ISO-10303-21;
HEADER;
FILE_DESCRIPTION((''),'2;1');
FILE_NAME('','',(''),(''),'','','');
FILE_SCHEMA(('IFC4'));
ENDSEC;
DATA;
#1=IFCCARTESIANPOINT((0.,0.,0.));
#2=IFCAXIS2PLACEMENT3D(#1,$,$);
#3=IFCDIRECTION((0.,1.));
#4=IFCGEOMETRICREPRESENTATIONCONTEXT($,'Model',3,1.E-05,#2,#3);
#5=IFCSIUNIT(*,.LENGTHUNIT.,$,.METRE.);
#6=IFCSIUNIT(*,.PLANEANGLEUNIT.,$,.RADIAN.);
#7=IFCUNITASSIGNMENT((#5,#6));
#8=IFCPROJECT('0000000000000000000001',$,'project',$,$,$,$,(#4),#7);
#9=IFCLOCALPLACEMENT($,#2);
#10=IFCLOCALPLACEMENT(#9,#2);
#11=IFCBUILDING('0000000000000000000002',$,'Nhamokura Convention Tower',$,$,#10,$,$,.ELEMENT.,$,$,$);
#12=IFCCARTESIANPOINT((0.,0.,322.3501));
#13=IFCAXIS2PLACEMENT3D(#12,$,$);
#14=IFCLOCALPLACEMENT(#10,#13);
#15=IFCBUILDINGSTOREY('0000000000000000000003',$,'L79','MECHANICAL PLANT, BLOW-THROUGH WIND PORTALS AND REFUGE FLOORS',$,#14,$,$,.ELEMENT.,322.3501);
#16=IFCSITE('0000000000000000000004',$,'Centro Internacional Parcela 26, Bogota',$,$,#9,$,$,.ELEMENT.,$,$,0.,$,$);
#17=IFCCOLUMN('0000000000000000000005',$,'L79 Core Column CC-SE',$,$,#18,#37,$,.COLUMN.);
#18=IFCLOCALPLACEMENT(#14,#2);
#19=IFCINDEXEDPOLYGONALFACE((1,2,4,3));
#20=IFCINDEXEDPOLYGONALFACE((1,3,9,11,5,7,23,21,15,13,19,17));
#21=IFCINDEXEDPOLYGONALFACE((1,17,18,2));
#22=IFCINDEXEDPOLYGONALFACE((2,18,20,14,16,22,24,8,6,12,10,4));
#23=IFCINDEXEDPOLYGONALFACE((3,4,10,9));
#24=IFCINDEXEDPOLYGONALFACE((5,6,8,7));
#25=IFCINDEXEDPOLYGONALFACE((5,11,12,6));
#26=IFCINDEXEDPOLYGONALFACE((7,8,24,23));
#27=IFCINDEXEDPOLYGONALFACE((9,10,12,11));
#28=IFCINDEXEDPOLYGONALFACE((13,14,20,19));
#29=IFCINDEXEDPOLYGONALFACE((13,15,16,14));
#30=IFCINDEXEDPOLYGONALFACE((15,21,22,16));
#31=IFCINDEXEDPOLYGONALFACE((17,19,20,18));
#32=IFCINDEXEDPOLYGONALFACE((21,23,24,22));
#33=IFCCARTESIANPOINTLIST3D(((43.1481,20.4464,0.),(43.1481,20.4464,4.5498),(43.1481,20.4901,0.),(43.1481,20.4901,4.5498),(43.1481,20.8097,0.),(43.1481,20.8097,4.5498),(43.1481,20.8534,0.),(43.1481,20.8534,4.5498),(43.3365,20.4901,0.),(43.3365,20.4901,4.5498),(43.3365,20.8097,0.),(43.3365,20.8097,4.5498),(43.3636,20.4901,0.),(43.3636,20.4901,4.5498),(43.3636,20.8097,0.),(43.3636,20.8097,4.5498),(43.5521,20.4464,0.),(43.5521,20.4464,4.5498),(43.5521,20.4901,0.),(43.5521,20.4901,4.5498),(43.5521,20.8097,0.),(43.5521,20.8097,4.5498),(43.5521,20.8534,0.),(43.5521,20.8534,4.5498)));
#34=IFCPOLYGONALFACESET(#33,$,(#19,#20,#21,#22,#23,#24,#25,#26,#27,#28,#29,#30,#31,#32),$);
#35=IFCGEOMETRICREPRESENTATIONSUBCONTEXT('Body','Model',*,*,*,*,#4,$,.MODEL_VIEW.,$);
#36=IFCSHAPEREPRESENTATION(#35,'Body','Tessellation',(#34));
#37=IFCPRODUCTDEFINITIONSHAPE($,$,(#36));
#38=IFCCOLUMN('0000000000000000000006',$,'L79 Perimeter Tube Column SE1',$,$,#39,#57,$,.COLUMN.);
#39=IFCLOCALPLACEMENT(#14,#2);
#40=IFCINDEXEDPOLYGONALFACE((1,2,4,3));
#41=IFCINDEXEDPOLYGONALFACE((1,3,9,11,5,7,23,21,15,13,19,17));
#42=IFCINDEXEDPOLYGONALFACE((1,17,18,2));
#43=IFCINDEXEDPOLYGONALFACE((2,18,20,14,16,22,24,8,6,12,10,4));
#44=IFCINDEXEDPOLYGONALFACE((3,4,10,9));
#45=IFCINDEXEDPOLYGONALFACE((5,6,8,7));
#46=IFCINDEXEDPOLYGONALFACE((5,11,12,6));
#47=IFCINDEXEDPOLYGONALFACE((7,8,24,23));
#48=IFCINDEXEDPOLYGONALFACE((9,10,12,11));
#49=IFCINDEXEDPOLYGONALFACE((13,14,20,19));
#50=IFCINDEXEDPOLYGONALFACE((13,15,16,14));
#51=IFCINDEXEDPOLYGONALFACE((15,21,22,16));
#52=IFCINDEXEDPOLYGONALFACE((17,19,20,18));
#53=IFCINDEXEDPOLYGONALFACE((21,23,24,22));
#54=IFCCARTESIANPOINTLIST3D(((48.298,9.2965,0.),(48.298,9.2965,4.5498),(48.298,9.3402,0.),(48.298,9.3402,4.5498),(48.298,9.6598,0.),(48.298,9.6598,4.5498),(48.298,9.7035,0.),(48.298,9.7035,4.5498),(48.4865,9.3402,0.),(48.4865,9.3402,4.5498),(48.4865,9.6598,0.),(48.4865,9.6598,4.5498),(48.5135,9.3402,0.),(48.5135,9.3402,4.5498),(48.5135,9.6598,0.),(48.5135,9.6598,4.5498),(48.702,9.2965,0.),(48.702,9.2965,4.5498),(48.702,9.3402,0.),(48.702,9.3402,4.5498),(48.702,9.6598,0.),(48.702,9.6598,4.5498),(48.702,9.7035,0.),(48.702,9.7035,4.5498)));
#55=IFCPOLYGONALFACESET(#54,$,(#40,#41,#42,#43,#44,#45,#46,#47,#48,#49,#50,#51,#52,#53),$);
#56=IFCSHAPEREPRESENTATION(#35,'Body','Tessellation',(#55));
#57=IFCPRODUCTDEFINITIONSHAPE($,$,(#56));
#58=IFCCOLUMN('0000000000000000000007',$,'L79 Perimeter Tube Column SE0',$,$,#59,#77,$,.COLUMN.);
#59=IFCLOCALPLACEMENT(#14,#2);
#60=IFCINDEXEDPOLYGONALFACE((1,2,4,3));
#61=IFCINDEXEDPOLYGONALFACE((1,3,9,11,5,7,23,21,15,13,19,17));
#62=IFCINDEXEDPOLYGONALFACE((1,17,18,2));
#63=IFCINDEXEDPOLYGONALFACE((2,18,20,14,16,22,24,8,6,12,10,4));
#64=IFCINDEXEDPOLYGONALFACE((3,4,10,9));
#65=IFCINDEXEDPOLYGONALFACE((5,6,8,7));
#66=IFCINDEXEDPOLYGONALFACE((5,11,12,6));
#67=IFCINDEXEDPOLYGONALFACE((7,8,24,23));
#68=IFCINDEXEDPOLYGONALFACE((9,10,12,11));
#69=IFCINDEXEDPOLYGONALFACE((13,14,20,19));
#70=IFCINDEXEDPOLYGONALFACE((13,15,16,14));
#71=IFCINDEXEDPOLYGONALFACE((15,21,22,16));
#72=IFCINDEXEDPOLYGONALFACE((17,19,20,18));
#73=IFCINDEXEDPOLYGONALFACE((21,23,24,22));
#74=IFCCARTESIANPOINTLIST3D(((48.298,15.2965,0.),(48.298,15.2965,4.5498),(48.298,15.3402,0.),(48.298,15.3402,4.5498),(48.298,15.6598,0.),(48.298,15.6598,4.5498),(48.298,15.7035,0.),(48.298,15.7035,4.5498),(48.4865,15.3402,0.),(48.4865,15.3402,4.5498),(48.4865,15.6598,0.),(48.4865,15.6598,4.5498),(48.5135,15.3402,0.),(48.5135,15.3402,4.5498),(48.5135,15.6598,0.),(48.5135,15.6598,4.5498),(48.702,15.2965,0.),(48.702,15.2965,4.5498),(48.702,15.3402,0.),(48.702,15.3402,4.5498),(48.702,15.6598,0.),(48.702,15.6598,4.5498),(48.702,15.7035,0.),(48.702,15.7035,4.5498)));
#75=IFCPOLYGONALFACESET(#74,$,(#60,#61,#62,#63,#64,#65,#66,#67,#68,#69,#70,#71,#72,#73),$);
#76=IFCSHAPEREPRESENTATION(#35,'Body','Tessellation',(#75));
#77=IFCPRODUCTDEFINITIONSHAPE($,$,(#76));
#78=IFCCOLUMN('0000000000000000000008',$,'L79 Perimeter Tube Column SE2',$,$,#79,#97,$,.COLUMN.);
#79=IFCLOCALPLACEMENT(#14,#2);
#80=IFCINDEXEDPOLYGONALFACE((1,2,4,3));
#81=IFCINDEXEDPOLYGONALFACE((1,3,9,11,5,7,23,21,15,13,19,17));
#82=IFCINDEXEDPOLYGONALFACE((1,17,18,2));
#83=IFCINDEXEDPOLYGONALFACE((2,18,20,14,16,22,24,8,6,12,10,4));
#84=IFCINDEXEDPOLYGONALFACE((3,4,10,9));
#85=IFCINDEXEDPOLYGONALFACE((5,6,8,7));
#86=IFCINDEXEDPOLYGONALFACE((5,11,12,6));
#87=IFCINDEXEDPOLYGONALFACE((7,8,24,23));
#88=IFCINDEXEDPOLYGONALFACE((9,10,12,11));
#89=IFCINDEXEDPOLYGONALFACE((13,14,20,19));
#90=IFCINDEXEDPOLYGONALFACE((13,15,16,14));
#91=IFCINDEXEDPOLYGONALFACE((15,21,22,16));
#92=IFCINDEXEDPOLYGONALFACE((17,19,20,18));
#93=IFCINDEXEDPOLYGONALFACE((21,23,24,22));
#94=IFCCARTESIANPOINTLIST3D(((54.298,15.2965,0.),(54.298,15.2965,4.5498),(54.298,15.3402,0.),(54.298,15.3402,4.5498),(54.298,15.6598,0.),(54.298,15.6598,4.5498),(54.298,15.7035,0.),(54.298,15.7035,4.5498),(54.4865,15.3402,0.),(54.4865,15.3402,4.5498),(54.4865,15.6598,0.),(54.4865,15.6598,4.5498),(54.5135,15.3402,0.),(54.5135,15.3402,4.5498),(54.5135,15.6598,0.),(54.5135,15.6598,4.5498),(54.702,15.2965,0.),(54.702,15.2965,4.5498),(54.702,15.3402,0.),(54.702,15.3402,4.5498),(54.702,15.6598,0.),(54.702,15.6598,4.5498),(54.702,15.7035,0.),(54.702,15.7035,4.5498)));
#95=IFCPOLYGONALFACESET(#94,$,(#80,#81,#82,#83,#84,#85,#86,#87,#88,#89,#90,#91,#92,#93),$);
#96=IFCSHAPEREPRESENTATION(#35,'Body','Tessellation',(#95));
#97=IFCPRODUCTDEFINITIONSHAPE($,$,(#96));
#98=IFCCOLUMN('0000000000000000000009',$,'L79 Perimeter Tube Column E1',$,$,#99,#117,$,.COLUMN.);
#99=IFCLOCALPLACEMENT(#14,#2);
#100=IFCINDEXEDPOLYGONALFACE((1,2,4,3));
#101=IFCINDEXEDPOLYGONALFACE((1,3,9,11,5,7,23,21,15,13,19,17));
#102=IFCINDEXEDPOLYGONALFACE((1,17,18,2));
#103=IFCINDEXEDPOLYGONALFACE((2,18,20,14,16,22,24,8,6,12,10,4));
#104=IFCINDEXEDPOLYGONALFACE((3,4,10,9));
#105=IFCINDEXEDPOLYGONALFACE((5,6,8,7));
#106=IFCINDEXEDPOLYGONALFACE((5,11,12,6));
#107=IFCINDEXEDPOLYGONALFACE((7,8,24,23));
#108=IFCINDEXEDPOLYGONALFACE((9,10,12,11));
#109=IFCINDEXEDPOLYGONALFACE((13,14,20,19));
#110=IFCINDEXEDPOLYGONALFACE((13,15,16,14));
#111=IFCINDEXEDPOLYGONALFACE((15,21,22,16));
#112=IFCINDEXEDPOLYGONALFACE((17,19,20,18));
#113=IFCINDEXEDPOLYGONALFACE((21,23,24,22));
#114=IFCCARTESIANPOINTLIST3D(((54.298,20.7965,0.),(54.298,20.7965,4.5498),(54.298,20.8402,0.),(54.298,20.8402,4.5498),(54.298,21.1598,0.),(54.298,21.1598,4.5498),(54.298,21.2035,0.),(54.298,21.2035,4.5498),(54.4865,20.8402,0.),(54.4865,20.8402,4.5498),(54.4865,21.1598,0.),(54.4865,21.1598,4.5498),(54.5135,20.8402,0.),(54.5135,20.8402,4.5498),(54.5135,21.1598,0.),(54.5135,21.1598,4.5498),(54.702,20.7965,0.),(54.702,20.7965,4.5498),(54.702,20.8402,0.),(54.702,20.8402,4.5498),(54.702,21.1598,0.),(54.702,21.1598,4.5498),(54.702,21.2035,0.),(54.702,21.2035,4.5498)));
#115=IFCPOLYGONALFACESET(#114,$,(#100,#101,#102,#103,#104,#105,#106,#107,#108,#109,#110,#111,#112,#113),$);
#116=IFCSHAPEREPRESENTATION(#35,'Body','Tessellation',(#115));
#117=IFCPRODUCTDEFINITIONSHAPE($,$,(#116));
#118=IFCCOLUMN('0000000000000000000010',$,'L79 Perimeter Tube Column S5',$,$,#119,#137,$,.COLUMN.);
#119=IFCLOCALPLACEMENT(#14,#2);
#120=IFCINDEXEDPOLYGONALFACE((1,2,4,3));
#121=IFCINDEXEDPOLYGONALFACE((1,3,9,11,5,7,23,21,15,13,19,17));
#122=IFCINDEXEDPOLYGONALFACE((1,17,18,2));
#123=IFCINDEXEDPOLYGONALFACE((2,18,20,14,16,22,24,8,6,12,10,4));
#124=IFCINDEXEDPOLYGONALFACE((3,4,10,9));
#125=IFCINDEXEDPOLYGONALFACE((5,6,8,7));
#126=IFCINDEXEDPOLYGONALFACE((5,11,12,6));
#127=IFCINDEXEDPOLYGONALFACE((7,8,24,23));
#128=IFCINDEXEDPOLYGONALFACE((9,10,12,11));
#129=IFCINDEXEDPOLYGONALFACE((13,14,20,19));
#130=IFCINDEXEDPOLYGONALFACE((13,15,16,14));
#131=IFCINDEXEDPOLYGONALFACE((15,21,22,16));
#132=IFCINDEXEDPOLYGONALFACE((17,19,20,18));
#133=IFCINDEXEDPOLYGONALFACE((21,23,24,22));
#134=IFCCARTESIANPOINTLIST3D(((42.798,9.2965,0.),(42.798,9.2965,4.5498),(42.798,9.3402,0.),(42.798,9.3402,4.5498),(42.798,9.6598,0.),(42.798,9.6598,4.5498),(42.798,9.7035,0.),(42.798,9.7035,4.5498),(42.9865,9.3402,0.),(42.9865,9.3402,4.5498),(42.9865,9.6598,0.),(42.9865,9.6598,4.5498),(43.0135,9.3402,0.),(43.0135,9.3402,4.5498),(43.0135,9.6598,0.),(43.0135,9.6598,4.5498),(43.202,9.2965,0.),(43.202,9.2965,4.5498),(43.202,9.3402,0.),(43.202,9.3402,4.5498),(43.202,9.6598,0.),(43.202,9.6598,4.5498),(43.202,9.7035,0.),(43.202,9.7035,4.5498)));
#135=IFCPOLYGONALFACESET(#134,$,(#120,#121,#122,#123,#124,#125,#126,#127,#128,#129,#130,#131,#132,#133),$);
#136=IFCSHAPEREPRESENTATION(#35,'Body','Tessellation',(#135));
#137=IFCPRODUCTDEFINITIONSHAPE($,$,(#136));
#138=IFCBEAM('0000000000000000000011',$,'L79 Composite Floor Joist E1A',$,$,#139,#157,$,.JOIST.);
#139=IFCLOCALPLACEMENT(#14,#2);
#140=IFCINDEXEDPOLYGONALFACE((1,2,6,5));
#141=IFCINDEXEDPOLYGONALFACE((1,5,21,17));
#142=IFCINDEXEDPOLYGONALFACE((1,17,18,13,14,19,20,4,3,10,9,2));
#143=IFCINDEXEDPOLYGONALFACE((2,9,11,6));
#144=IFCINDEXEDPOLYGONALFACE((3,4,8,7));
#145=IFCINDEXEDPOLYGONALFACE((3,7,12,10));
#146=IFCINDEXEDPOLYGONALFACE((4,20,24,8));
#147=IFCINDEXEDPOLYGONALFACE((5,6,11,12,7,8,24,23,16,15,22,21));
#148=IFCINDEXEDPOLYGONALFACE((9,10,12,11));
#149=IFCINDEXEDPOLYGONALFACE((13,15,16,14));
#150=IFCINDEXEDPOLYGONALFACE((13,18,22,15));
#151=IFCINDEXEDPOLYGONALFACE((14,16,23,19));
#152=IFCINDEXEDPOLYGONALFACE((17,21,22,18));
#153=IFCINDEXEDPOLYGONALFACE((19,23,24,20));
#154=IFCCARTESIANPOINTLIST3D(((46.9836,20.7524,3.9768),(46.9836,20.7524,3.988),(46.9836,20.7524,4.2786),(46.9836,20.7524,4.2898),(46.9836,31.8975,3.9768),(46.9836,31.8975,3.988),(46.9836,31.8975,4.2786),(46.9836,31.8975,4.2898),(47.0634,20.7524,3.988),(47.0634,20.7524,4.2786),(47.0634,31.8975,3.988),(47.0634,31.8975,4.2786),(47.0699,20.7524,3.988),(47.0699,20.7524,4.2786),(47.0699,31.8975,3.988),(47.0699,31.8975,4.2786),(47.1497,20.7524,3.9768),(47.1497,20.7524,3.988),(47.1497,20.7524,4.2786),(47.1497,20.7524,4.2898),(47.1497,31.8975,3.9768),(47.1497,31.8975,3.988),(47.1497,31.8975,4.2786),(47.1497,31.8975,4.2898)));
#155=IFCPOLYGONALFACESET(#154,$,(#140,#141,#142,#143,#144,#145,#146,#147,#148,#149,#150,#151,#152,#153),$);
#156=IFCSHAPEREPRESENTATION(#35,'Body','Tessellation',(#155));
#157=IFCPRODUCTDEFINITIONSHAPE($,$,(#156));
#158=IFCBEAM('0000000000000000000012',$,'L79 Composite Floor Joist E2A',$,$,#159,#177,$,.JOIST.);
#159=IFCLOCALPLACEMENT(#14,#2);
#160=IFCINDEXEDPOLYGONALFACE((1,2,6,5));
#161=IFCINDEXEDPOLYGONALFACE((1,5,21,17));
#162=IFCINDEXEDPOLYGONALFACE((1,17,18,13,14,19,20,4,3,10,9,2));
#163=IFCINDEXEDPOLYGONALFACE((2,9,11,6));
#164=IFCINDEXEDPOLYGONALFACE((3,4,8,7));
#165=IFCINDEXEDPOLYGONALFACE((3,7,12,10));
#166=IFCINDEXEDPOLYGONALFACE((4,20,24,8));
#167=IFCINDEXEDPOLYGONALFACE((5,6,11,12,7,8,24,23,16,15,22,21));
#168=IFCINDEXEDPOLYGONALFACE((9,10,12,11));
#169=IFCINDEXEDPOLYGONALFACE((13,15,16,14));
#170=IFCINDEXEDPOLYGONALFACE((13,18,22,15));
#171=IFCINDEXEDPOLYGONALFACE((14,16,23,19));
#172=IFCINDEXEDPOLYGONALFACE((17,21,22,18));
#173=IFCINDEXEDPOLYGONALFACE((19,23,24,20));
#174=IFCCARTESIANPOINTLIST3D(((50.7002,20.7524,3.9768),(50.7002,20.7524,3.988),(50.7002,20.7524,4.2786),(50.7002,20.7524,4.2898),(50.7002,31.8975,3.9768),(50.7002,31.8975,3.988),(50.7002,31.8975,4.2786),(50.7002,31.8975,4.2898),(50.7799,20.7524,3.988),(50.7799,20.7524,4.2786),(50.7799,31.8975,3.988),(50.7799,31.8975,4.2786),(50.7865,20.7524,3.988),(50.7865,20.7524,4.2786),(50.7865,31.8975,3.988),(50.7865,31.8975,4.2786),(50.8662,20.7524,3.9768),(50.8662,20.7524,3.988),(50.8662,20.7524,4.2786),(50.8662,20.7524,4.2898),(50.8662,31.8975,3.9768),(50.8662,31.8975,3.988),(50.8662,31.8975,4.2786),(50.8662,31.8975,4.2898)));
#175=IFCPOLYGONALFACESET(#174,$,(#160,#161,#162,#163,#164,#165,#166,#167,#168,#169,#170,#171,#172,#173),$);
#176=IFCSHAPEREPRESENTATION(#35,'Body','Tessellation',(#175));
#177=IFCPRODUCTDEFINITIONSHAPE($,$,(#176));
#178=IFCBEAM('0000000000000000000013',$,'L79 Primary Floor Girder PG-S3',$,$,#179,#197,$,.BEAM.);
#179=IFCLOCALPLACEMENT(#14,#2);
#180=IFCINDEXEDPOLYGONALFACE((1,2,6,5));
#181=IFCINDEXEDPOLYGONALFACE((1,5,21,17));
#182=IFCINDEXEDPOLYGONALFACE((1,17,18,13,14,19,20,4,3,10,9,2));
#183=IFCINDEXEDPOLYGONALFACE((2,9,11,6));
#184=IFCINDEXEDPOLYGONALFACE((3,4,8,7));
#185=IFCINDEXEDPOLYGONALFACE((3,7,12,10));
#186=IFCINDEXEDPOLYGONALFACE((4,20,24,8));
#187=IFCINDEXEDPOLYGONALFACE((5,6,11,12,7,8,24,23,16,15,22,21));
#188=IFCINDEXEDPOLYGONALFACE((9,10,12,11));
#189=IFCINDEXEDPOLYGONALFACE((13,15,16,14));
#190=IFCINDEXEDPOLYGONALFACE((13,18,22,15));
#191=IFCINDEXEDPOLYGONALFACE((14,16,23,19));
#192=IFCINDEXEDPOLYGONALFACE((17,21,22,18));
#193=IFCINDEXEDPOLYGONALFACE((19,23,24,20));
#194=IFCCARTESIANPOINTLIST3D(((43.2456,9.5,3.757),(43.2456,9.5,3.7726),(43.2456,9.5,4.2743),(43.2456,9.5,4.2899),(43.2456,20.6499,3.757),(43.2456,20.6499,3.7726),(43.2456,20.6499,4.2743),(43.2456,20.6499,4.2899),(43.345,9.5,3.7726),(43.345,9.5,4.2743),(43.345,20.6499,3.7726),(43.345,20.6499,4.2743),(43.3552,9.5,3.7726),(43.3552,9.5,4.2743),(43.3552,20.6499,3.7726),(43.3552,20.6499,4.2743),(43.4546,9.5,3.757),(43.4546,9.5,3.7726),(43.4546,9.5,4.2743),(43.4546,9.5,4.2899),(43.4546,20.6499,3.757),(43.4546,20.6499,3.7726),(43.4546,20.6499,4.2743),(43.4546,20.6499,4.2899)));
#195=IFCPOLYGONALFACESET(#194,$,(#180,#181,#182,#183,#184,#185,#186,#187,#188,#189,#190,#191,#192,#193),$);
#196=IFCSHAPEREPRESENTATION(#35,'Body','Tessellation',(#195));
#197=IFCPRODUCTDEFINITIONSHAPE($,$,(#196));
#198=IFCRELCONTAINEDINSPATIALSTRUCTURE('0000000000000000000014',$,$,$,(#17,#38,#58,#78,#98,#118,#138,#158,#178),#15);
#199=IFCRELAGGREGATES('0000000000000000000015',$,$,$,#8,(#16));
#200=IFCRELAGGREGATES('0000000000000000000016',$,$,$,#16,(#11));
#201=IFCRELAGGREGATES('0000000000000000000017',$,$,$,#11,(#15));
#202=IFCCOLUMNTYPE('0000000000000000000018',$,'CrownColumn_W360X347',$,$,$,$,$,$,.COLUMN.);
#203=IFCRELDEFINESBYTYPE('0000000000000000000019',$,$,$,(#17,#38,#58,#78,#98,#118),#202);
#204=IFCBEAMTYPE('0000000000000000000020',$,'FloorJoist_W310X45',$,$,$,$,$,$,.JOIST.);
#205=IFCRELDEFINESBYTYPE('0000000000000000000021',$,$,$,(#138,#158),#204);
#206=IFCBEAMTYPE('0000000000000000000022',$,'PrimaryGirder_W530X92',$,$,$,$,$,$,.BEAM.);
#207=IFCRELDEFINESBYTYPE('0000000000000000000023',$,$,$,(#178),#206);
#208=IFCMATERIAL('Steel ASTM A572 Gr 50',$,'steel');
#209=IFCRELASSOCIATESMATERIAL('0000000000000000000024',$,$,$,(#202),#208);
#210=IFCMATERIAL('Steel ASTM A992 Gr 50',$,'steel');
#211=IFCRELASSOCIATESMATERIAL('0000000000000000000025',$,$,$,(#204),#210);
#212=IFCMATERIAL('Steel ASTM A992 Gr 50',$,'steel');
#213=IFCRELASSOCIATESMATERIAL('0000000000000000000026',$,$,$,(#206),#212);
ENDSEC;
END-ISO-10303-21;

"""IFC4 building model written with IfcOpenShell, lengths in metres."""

from ifc_helpers import new_model, si_unit, direction, frame, origin, origin_2d, place, context, subcontext, project, spatial, i_section, extrude, material, material_profile, profile_set, type_object, element, save


model = new_model("IFC4")

# Units and contexts
model_context = context("Model", 3, precision=1e-05, world=origin(), true_north=direction((0.0, 1.0)))
body_context = subcontext(model_context, "Body", "Model", "MODEL_VIEW")
ifc_project = project(units=[si_unit("LENGTHUNIT", "METRE"), si_unit("PLANEANGLEUNIT", "RADIAN")], contexts=[model_context])

# Site, building, storey
site_placement = place(None, origin())
site = spatial("IfcSite", under=ifc_project, at=site_placement, Name="Centro Internacional Parcela 26, Bogota", CompositionType="ELEMENT", RefElevation=0.0)
building_placement = place(site_placement, origin())
building = spatial("IfcBuilding", under=site, at=building_placement, Name="Nhamokura Convention Tower", CompositionType="ELEMENT")
storey_placement = place(building_placement, frame((0.0, 0.0, 322.3501)))
storey = spatial("IfcBuildingStorey", under=building, at=storey_placement, Name="L79", Description="MECHANICAL PLANT, BLOW-THROUGH WIND PORTALS AND REFUGE FLOORS", CompositionType="ELEMENT", Elevation=322.3501)

# Columns
ifc_material_1 = material(Name="Steel ASTM A572 Gr 50", Category="steel")
ifc_material_profile_1 = material_profile(ifc_material_1, i_section(OverallWidth=0.4041, OverallDepth=0.407, WebThickness=0.0271, FlangeThickness=0.0437, at=origin_2d()))
ifc_profile_set_1 = profile_set([ifc_material_profile_1], Name="Steel ASTM A572 Gr 50")
column_type = type_object("IfcColumnType", Name="CrownColumn_W360X347", PredefinedType="COLUMN", material=ifc_profile_set_1)
for number, where, z_axis, x_axis, name in (
    (1, (43.3501, 20.6499, 0.0), (0.0, 0.0, 1.0), (1.0, 0.0, 0.0), "L79 Core Column CC-SE"),
    (2, (48.5, 9.5, 0.0), (0.0, 0.0, 1.0), (1.0, 0.0, 0.0), "L79 Perimeter Tube Column SE1"),
    (3, (48.5, 15.5, 0.0), (0.0, 0.0, 1.0), (1.0, 0.0, 0.0), "L79 Perimeter Tube Column SE0"),
    (4, (54.5, 15.5, 0.0), (0.0, 0.0, 1.0), (1.0, 0.0, 0.0), "L79 Perimeter Tube Column SE2"),
    (5, (54.5, 21.0, 0.0), (0.0, 0.0, 1.0), (1.0, 0.0, 0.0), "L79 Perimeter Tube Column E1"),
    (6, (43.0, 9.5, 0.0), (0.0, 0.0, 1.0), (1.0, 0.0, 0.0), "L79 Perimeter Tube Column S5"),
):
    element("IfcColumn", number, at=place(storey_placement, frame(where, z_axis=z_axis, x_axis=x_axis)), inside=storey, type_object=column_type, Name=name, PredefinedType="COLUMN", context=body_context, shape_type="SweptSolid", body=[
        extrude(i_section(OverallWidth=0.4041, OverallDepth=0.407, WebThickness=0.0271, FlangeThickness=0.0437, at=origin_2d()), origin(), (0.0, 0.0, 1.0), 4.5498),
    ])

# Beams
ifc_material_2 = material(Name="Steel ASTM A992 Gr 50", Category="steel")
ifc_material_profile_2 = material_profile(ifc_material_2, i_section(OverallWidth=0.166, OverallDepth=0.313, WebThickness=0.0066, FlangeThickness=0.0112, at=origin_2d()))
ifc_profile_set_2 = profile_set([ifc_material_profile_2], Name="Steel ASTM A992 Gr 50")
beam_type_1 = type_object("IfcBeamType", Name="FloorJoist_W310X45", PredefinedType="JOIST", material=ifc_profile_set_2)
for number, where, z_axis, x_axis, name in (
    (7, (47.0667, 20.7524, 4.1333), (0.0, 1.0, 0.0), (-1.0, 0.0, 0.0), "L79 Composite Floor Joist E1A"),
    (8, (50.7832, 20.7524, 4.1333), (0.0, 1.0, 0.0), (-1.0, 0.0, 0.0), "L79 Composite Floor Joist E2A"),
):
    element("IfcBeam", number, at=place(storey_placement, frame(where, z_axis=z_axis, x_axis=x_axis)), inside=storey, type_object=beam_type_1, Name=name, PredefinedType="JOIST", context=body_context, shape_type="SweptSolid", body=[
        extrude(i_section(OverallWidth=0.166, OverallDepth=0.313, WebThickness=0.0066, FlangeThickness=0.0112, at=origin_2d()), origin(), (0.0, 0.0, 1.0), 11.145),
    ])
ifc_material_3 = material(Name="Steel ASTM A992 Gr 50", Category="steel")
ifc_material_profile_3 = material_profile(ifc_material_3, i_section(OverallWidth=0.209, OverallDepth=0.533, WebThickness=0.0103, FlangeThickness=0.0156, at=origin_2d()))
ifc_profile_set_3 = profile_set([ifc_material_profile_3], Name="Steel ASTM A992 Gr 50")
beam_type_2 = type_object("IfcBeamType", Name="PrimaryGirder_W530X92", PredefinedType="BEAM", material=ifc_profile_set_3)
for number, where, z_axis, x_axis, name in (
    (9, (43.3501, 9.5, 4.0234), (0.0, 1.0, 0.0), (-1.0, 0.0, 0.0), "L79 Primary Floor Girder PG-S3"),
):
    element("IfcBeam", number, at=place(storey_placement, frame(where, z_axis=z_axis, x_axis=x_axis)), inside=storey, type_object=beam_type_2, Name=name, PredefinedType="BEAM", context=body_context, shape_type="SweptSolid", body=[
        extrude(i_section(OverallWidth=0.209, OverallDepth=0.533, WebThickness=0.0103, FlangeThickness=0.0156, at=origin_2d()), origin(), (0.0, 0.0, 1.0), 11.1499),
    ])

save(model, "model.ifc")
